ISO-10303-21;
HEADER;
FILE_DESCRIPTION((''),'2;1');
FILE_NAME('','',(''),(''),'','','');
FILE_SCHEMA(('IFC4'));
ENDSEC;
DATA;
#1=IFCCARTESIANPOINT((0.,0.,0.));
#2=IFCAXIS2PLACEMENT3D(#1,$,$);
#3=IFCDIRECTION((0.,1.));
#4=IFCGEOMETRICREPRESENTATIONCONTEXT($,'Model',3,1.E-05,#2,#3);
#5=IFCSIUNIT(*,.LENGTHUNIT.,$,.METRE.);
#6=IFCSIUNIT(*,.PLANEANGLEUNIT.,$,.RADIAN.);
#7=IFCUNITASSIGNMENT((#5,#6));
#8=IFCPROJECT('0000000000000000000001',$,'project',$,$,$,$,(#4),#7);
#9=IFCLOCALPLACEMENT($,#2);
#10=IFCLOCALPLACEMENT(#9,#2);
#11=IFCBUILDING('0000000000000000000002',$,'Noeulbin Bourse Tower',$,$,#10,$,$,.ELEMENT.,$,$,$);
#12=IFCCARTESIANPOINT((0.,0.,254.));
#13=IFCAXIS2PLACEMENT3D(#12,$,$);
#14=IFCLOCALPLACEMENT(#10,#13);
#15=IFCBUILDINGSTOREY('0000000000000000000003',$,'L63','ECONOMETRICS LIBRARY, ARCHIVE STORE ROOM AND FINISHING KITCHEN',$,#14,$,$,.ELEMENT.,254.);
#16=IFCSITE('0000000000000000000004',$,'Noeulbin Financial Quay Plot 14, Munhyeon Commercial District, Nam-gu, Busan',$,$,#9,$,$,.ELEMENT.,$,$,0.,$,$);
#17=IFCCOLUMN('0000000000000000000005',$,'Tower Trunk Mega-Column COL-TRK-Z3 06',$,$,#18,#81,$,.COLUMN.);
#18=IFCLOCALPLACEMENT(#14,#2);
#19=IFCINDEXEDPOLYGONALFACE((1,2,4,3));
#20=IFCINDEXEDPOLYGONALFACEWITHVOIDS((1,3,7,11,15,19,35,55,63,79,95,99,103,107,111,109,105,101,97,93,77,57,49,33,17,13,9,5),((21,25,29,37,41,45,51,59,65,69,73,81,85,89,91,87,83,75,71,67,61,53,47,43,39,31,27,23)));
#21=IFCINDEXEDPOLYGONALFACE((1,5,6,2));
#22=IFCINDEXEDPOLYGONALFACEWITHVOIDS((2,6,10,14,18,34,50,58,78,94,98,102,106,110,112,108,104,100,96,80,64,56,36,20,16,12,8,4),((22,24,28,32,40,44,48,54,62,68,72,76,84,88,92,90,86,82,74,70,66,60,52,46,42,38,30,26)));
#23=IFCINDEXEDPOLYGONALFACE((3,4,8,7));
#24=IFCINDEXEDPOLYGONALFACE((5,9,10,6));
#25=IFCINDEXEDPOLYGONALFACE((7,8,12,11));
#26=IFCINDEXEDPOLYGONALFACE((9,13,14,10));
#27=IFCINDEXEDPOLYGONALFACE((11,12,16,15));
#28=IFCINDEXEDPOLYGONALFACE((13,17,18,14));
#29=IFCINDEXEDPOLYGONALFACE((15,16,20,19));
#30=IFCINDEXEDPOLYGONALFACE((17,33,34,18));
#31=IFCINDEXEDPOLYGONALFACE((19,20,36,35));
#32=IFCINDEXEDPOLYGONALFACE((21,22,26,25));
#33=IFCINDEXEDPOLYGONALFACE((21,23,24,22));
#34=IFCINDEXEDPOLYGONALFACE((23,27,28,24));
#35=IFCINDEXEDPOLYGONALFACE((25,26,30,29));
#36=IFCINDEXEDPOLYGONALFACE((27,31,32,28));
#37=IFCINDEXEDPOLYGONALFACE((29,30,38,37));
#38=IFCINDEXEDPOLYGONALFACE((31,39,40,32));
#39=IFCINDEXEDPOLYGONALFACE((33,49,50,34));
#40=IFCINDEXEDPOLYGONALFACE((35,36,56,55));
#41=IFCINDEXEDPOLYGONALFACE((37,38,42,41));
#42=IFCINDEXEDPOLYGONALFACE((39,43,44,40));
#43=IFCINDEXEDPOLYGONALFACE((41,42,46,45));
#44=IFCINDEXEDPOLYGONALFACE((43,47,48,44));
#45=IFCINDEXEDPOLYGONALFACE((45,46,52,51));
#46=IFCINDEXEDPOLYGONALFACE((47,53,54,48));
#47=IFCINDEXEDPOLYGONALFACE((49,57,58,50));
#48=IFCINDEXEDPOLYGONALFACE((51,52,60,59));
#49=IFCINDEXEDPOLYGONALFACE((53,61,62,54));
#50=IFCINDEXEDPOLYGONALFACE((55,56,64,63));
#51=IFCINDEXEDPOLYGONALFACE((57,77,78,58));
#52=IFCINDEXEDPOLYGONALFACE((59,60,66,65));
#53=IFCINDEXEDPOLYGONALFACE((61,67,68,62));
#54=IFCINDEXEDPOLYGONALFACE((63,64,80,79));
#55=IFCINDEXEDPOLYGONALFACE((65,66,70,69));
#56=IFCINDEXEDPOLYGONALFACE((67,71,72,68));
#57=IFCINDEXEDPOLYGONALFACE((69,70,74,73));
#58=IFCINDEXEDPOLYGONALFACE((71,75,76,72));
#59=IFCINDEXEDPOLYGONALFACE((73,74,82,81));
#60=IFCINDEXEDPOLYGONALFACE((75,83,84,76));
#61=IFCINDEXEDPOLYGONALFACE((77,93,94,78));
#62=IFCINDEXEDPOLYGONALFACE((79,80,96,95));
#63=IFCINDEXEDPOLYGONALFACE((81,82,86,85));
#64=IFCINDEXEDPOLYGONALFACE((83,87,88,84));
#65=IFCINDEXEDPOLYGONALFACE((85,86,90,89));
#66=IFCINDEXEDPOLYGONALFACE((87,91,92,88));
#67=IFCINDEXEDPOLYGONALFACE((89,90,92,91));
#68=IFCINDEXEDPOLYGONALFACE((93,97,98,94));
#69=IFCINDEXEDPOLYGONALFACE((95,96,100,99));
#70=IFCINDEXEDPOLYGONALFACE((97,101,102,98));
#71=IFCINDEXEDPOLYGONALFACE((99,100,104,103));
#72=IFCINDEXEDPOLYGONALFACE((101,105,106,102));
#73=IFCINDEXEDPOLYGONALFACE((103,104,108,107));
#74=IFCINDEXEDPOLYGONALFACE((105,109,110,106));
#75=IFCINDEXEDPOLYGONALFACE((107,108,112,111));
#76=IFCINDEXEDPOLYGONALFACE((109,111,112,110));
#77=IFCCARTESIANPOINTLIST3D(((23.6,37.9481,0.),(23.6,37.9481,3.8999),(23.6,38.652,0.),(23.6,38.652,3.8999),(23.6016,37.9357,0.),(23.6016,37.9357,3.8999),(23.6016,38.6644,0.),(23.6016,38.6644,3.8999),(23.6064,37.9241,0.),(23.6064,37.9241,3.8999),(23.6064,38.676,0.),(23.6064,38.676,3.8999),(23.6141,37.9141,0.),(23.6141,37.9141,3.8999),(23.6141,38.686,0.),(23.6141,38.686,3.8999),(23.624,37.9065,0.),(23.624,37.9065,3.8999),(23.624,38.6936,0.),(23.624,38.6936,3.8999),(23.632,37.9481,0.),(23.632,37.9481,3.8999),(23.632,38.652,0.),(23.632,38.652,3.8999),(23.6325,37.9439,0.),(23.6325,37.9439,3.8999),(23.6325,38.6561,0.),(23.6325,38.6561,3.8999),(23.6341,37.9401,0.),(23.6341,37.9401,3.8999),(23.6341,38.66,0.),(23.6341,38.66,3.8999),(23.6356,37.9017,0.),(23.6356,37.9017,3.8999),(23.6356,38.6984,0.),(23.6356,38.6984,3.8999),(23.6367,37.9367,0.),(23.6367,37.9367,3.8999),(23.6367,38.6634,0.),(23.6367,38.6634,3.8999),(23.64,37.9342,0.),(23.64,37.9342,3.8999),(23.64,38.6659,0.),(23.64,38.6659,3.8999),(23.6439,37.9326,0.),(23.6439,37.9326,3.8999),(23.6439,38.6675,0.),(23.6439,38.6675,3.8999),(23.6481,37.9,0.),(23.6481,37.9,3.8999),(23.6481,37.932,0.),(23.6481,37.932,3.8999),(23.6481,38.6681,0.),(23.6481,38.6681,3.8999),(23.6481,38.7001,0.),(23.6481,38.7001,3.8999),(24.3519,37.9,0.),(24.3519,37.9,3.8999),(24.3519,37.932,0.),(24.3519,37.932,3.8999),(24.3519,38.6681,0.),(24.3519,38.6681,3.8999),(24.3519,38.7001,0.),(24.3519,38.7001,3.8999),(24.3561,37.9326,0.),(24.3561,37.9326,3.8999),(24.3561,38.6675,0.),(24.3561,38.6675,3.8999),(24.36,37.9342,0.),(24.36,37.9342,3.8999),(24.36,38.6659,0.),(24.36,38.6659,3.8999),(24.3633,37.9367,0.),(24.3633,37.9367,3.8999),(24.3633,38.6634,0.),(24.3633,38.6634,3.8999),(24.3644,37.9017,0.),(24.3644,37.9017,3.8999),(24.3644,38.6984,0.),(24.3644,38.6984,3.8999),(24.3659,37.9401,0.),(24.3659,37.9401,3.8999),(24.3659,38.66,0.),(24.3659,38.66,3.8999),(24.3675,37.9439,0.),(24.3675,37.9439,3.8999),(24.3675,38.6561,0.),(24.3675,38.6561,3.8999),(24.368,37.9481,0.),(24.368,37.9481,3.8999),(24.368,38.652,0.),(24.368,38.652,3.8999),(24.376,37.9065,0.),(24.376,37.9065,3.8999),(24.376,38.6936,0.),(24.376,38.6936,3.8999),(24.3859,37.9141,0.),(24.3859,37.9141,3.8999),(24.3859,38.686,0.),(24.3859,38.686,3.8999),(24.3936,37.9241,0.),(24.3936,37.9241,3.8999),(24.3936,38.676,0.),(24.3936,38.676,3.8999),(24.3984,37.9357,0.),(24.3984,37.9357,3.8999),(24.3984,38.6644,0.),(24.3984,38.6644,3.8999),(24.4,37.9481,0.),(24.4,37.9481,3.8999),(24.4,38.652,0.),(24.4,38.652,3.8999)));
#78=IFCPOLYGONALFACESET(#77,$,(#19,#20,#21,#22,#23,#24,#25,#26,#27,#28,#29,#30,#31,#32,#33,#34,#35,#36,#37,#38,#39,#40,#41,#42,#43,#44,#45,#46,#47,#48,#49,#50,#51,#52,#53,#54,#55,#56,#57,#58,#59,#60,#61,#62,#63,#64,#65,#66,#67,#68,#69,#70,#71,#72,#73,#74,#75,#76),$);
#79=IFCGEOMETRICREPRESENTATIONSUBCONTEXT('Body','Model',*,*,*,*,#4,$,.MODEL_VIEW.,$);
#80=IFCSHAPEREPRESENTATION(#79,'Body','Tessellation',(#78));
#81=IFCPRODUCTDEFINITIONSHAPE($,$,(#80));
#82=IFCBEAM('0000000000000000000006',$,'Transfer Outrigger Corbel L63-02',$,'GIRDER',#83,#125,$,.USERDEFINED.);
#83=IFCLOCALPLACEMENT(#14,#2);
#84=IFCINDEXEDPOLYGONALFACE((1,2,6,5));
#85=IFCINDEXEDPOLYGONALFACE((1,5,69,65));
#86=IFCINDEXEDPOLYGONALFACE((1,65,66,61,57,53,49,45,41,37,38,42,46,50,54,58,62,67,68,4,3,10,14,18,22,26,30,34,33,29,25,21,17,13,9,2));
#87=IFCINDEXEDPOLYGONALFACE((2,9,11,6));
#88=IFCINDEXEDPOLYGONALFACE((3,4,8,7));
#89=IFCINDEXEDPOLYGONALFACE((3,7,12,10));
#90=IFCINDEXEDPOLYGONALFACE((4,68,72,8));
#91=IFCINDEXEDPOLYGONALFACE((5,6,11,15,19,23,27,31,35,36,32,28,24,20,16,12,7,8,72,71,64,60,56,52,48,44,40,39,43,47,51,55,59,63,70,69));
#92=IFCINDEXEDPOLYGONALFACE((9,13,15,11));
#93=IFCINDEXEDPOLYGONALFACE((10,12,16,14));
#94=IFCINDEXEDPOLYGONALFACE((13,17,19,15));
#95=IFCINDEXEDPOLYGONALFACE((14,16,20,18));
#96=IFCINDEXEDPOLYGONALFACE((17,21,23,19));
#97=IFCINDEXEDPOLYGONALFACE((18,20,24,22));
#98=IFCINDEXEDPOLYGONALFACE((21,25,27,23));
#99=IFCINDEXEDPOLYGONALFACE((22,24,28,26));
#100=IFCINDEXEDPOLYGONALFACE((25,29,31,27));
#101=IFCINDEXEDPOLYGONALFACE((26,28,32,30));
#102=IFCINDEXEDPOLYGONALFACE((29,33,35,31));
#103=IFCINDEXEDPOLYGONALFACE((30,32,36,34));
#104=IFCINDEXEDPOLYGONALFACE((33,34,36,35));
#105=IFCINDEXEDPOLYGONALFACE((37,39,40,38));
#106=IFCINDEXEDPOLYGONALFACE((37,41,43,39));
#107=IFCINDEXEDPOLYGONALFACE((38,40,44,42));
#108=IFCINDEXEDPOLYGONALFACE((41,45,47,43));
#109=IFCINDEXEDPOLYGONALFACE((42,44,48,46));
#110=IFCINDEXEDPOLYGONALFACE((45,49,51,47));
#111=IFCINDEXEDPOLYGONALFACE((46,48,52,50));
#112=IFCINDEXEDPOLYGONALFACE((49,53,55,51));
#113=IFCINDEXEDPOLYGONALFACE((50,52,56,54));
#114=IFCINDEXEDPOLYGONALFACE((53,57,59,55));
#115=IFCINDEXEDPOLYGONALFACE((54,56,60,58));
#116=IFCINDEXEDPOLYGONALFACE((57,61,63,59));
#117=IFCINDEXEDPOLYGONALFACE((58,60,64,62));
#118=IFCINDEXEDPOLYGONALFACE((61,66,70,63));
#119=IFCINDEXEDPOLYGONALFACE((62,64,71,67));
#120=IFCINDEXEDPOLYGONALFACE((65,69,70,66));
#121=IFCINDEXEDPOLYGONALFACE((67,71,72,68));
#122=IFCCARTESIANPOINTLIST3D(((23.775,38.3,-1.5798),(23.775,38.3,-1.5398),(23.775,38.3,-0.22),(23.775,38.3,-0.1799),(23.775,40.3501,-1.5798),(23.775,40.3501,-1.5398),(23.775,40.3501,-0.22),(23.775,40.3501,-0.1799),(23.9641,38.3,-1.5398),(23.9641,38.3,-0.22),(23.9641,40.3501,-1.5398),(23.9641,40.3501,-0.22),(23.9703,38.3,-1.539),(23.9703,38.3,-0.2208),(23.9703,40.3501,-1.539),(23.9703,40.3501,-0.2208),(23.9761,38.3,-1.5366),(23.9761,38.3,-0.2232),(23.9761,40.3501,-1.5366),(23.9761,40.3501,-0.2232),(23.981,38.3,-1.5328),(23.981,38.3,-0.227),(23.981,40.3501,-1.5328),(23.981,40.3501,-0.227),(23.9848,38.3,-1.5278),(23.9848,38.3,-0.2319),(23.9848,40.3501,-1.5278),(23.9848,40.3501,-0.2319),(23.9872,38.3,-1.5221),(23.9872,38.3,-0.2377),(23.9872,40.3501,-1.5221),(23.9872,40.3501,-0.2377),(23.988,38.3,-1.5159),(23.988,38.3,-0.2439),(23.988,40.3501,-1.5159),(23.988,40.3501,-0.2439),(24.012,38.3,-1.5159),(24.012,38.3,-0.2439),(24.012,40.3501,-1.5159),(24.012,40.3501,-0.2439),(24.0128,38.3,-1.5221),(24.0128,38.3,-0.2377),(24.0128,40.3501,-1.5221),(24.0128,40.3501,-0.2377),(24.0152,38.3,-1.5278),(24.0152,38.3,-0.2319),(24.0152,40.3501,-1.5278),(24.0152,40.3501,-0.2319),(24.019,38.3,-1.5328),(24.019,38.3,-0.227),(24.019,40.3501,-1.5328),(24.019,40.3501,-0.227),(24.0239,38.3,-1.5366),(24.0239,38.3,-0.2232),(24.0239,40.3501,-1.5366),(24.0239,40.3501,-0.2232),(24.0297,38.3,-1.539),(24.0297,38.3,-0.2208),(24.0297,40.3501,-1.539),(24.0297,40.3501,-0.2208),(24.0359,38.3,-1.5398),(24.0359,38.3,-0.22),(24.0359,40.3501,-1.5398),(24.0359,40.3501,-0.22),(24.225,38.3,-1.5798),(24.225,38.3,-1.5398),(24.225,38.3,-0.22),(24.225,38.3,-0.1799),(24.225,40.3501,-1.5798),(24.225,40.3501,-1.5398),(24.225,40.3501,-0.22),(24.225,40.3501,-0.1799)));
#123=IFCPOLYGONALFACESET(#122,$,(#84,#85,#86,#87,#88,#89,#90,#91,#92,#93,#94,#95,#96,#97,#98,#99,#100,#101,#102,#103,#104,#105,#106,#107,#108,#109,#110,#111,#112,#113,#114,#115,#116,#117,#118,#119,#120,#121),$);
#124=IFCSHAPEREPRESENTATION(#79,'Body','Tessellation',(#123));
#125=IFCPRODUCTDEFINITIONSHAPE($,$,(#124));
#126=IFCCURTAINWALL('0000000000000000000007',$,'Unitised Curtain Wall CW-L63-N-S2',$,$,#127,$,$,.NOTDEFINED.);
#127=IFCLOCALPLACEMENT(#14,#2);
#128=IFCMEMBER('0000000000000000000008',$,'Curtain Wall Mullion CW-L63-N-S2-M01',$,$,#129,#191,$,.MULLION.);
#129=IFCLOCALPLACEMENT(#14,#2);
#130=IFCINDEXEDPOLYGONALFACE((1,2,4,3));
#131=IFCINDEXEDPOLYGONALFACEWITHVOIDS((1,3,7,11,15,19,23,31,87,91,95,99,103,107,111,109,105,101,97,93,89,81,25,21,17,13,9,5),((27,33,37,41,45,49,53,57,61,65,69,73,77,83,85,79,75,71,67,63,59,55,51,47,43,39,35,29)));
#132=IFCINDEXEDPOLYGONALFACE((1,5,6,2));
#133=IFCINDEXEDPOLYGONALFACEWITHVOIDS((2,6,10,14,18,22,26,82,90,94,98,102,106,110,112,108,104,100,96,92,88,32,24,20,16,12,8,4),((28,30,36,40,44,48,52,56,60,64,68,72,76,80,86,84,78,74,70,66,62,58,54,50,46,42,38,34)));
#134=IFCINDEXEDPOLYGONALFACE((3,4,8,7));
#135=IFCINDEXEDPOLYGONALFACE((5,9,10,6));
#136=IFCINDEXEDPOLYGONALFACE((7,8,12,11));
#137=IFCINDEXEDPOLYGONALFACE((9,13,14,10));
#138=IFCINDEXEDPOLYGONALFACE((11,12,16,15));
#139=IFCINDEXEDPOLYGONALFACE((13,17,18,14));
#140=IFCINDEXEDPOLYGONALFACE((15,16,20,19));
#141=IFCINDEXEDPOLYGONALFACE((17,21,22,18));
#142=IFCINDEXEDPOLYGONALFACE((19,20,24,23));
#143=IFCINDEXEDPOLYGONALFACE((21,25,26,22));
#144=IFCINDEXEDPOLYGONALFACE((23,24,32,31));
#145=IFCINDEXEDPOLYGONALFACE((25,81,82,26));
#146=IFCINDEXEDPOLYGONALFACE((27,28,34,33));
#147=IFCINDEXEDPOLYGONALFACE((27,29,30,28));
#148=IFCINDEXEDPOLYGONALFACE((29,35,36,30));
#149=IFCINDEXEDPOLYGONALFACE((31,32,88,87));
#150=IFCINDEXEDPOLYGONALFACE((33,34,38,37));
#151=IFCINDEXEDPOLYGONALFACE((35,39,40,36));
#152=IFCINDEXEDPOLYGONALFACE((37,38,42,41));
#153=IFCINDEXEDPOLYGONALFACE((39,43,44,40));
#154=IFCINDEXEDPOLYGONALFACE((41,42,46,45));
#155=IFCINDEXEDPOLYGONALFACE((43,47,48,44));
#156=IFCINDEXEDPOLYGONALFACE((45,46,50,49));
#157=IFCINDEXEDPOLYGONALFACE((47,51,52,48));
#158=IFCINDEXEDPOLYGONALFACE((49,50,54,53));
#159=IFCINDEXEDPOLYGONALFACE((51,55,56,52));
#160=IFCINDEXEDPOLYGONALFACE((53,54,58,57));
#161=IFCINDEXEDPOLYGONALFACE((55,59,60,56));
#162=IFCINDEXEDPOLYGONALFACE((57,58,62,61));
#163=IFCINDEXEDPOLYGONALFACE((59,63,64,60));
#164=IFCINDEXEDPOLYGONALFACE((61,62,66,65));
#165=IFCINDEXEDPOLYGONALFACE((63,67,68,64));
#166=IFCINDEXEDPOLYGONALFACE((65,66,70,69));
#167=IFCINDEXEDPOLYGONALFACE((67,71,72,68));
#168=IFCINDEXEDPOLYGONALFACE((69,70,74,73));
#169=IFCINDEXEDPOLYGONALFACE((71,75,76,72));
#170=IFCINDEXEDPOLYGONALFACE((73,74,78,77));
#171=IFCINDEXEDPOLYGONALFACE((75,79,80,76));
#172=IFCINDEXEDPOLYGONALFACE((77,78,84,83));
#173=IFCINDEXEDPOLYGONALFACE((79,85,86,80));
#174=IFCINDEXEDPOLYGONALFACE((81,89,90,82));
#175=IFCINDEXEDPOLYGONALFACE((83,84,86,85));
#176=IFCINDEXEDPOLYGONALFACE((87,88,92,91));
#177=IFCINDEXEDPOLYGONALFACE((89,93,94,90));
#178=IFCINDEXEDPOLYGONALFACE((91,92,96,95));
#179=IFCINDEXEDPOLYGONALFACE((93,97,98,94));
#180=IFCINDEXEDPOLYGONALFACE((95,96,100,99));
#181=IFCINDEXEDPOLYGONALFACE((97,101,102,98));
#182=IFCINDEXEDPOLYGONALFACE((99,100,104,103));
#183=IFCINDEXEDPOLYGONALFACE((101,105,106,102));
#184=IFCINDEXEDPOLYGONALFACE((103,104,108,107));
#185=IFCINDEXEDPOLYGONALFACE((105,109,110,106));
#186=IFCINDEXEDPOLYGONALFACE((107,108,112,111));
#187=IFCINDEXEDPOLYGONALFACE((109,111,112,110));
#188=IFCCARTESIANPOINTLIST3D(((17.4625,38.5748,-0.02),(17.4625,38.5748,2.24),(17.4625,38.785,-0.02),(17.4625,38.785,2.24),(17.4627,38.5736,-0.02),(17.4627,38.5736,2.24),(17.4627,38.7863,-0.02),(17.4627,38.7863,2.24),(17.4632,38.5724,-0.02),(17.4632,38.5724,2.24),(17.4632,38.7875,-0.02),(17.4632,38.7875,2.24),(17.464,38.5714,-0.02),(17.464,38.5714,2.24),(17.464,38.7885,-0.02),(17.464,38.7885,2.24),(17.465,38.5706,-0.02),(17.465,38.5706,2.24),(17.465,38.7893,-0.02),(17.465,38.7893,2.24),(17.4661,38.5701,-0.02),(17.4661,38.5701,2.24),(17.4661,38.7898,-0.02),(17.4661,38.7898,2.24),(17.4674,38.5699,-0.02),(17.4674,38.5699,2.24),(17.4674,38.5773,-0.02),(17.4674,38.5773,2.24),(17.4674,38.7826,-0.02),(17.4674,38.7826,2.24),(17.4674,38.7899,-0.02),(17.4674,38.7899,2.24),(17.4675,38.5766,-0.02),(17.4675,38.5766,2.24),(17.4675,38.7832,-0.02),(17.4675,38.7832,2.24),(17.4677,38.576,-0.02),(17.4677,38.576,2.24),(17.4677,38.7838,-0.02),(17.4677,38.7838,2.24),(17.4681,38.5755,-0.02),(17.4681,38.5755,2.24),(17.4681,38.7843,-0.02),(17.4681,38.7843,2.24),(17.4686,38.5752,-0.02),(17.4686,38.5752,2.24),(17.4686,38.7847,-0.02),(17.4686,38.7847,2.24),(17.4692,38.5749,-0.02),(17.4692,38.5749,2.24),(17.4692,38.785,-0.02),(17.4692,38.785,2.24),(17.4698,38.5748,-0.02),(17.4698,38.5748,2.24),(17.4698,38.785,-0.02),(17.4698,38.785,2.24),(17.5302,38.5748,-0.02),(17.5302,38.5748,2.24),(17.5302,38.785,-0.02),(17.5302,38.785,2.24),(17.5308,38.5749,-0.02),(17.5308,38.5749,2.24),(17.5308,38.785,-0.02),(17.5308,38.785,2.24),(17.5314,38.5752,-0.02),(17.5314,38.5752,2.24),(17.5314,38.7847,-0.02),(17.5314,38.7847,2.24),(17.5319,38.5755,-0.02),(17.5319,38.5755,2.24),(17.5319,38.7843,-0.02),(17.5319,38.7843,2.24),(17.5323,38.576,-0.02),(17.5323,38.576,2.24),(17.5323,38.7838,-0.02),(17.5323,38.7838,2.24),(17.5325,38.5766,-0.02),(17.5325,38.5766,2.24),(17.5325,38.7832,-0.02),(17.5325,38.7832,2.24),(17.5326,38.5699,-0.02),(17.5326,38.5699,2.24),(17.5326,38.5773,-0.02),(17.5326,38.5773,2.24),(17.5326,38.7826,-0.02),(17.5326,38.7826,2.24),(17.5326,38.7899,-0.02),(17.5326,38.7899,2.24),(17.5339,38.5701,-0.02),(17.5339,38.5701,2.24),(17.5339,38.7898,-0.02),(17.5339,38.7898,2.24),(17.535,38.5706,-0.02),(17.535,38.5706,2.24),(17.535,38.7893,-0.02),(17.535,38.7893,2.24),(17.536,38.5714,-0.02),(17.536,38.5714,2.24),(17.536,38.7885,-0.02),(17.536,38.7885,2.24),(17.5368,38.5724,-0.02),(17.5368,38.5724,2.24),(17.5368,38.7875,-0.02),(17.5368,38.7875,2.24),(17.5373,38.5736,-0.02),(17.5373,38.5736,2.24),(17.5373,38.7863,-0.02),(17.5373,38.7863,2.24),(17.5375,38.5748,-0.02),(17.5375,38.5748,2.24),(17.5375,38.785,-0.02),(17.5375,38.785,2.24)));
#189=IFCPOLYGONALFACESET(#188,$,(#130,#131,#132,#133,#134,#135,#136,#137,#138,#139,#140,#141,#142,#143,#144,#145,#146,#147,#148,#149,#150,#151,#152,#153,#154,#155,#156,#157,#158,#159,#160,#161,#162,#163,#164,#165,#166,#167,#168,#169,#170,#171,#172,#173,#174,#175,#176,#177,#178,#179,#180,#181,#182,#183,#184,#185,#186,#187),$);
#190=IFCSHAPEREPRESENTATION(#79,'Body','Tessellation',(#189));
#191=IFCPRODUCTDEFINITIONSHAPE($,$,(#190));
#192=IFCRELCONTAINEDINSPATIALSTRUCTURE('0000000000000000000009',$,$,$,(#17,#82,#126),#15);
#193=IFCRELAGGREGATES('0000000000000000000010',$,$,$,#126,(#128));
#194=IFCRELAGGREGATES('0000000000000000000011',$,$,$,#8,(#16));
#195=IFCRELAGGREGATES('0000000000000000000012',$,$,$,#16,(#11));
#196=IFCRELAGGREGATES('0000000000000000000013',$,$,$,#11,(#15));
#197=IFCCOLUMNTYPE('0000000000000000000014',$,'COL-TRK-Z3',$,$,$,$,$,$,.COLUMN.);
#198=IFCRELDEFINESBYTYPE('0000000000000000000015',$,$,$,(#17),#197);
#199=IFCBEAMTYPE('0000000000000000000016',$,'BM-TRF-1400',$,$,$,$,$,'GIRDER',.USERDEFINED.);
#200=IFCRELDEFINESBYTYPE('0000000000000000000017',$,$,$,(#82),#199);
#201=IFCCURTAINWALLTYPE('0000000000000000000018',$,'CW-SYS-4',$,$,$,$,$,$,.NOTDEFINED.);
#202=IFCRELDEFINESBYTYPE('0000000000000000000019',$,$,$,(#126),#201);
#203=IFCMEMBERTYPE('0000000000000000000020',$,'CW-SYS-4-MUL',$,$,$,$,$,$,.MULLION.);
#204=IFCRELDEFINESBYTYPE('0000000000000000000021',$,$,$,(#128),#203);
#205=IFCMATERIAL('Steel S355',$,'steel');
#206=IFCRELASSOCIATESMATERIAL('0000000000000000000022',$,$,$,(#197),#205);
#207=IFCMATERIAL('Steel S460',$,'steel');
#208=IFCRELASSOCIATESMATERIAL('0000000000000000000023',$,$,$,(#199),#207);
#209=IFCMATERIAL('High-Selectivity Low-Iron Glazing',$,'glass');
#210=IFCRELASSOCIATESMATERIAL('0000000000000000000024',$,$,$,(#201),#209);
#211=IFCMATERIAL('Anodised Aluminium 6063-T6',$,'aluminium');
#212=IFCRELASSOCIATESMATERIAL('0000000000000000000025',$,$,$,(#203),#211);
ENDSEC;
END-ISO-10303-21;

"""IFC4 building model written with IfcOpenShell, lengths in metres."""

from ifc_helpers import new_model, si_unit, direction, frame, origin, origin_2d, place, context, subcontext, project, spatial, hollow_rectangle, i_section, extrude, material, material_profile, profile_set, type_object, element, aggregate, save


model = new_model("IFC4")

# Units and contexts
model_context = context("Model", 3, precision=1e-05, world=origin(), true_north=direction((0.0, 1.0)))
body_context = subcontext(model_context, "Body", "Model", "MODEL_VIEW")
ifc_project = project(units=[si_unit("LENGTHUNIT", "METRE"), si_unit("PLANEANGLEUNIT", "RADIAN")], contexts=[model_context])

# Site, building, storey
site_placement = place(None, origin())
site = spatial("IfcSite", under=ifc_project, at=site_placement, Name="Noeulbin Financial Quay Plot 14, Munhyeon Commercial District, Nam-gu, Busan", CompositionType="ELEMENT", RefElevation=0.0)
building_placement = place(site_placement, origin())
building = spatial("IfcBuilding", under=site, at=building_placement, Name="Noeulbin Bourse Tower", CompositionType="ELEMENT")
storey_placement = place(building_placement, frame((0.0, 0.0, 254.0)))
storey = spatial("IfcBuildingStorey", under=building, at=storey_placement, Name="L63", Description="ECONOMETRICS LIBRARY, ARCHIVE STORE ROOM AND FINISHING KITCHEN", CompositionType="ELEMENT", Elevation=254.0)

# Column
ifc_material_1 = material(Name="Steel S355", Category="steel")
ifc_material_profile_1 = material_profile(ifc_material_1, hollow_rectangle(XDim=0.8, YDim=0.8, WallThickness=0.032, InnerFilletRadius=0.0161, OuterFilletRadius=0.0481, at=origin_2d()), Name="BOX-800x800x32", Category="LoadBearing")
ifc_profile_set_1 = profile_set([ifc_material_profile_1], Name="Steel S355")
column_type_1 = type_object("IfcColumnType", Name="COL-TRK-Z3", PredefinedType="COLUMN", material=ifc_profile_set_1)
for number, where, z_axis, x_axis, name in (
    (1, (24.0, 38.3, 0.0), (0.0, 0.0, 1.0), (1.0, 0.0, 0.0), "Tower Trunk Mega-Column COL-TRK-Z3 06"),
):
    element("IfcColumn", number, at=place(storey_placement, frame(where, z_axis=z_axis, x_axis=x_axis)), inside=storey, type_object=column_type_1, Name=name, PredefinedType="COLUMN", context=body_context, shape_type="SweptSolid", body=[
        extrude(hollow_rectangle(XDim=0.8, YDim=0.8, WallThickness=0.032, InnerFilletRadius=0.0161, OuterFilletRadius=0.0481, at=origin_2d()), origin(), (0.0, 0.0, 1.0), 3.8999),
    ])

# Beam
ifc_material_2 = material(Name="Steel S460", Category="steel")
ifc_material_profile_2 = material_profile(ifc_material_2, i_section(OverallWidth=0.45, OverallDepth=1.3999, WebThickness=0.0239, FlangeThickness=0.04, FilletRadius=0.0239, at=origin_2d()), Name="PG-1400x450x24x40", Category="LoadBearing")
ifc_profile_set_2 = profile_set([ifc_material_profile_2], Name="Steel S460")
beam_type = type_object("IfcBeamType", Name="BM-TRF-1400", ElementType="GIRDER", PredefinedType="USERDEFINED", material=ifc_profile_set_2)
beam_placement = place(storey_placement, frame((24.0, 38.3, -0.8799), z_axis=(0.0, 1.0, 0.0), x_axis=(-1.0, 0.0, 0.0)))
element("IfcBeam", 2, at=beam_placement, inside=storey, type_object=beam_type, Name="Transfer Outrigger Corbel L63-02", ObjectType="GIRDER", PredefinedType="USERDEFINED", context=body_context, shape_type="SweptSolid", body=[
    extrude(i_section(OverallWidth=0.45, OverallDepth=1.3999, WebThickness=0.0239, FlangeThickness=0.04, FilletRadius=0.0239, at=origin_2d()), origin(), (0.0, 0.0, 1.0), 2.05),
])

# Curtain wall, member
ifc_material_3 = material(Name="High-Selectivity Low-Iron Glazing", Category="glass")
curtain_wall_type = type_object("IfcCurtainWallType", Name="CW-SYS-4", PredefinedType="NOTDEFINED", material=ifc_material_3)
curtain_wall_1_placement = place(storey_placement, origin())
curtain_wall_1 = element("IfcCurtainWall", 3, at=curtain_wall_1_placement, inside=storey, type_object=curtain_wall_type, Name="Unitised Curtain Wall CW-L63-N-S2", PredefinedType="NOTDEFINED")
ifc_material_4 = material(Name="Anodised Aluminium 6063-T6", Category="aluminium")
ifc_material_profile_3 = material_profile(ifc_material_4, hollow_rectangle(XDim=0.075, YDim=0.22, WallThickness=0.0049, InnerFilletRadius=0.0024, OuterFilletRadius=0.0049, at=origin_2d()), Name="ALU-MULL-75x220x5", Category="LoadBearing")
ifc_profile_set_3 = profile_set([ifc_material_profile_3], Name="Anodised Aluminium 6063-T6")
member_type_1 = type_object("IfcMemberType", Name="CW-SYS-4-MUL", PredefinedType="MULLION", material=ifc_profile_set_3)
member_1_placement = place(storey_placement, frame((17.5, 38.6799, -0.02), z_axis=(0.0, 0.0, 1.0), x_axis=(1.0, 0.0, 0.0)))
member_1 = element("IfcMember", 4, at=member_1_placement, type_object=member_type_1, Name="Curtain Wall Mullion CW-L63-N-S2-M01", PredefinedType="MULLION", context=body_context, shape_type="SweptSolid", body=[
    extrude(hollow_rectangle(XDim=0.075, YDim=0.22, WallThickness=0.0049, InnerFilletRadius=0.0024, OuterFilletRadius=0.0049, at=origin_2d()), origin(), (0.0, 0.0, 1.0), 2.26),
])

aggregate(curtain_wall_1, [member_1])

save(model, "model.ifc")
